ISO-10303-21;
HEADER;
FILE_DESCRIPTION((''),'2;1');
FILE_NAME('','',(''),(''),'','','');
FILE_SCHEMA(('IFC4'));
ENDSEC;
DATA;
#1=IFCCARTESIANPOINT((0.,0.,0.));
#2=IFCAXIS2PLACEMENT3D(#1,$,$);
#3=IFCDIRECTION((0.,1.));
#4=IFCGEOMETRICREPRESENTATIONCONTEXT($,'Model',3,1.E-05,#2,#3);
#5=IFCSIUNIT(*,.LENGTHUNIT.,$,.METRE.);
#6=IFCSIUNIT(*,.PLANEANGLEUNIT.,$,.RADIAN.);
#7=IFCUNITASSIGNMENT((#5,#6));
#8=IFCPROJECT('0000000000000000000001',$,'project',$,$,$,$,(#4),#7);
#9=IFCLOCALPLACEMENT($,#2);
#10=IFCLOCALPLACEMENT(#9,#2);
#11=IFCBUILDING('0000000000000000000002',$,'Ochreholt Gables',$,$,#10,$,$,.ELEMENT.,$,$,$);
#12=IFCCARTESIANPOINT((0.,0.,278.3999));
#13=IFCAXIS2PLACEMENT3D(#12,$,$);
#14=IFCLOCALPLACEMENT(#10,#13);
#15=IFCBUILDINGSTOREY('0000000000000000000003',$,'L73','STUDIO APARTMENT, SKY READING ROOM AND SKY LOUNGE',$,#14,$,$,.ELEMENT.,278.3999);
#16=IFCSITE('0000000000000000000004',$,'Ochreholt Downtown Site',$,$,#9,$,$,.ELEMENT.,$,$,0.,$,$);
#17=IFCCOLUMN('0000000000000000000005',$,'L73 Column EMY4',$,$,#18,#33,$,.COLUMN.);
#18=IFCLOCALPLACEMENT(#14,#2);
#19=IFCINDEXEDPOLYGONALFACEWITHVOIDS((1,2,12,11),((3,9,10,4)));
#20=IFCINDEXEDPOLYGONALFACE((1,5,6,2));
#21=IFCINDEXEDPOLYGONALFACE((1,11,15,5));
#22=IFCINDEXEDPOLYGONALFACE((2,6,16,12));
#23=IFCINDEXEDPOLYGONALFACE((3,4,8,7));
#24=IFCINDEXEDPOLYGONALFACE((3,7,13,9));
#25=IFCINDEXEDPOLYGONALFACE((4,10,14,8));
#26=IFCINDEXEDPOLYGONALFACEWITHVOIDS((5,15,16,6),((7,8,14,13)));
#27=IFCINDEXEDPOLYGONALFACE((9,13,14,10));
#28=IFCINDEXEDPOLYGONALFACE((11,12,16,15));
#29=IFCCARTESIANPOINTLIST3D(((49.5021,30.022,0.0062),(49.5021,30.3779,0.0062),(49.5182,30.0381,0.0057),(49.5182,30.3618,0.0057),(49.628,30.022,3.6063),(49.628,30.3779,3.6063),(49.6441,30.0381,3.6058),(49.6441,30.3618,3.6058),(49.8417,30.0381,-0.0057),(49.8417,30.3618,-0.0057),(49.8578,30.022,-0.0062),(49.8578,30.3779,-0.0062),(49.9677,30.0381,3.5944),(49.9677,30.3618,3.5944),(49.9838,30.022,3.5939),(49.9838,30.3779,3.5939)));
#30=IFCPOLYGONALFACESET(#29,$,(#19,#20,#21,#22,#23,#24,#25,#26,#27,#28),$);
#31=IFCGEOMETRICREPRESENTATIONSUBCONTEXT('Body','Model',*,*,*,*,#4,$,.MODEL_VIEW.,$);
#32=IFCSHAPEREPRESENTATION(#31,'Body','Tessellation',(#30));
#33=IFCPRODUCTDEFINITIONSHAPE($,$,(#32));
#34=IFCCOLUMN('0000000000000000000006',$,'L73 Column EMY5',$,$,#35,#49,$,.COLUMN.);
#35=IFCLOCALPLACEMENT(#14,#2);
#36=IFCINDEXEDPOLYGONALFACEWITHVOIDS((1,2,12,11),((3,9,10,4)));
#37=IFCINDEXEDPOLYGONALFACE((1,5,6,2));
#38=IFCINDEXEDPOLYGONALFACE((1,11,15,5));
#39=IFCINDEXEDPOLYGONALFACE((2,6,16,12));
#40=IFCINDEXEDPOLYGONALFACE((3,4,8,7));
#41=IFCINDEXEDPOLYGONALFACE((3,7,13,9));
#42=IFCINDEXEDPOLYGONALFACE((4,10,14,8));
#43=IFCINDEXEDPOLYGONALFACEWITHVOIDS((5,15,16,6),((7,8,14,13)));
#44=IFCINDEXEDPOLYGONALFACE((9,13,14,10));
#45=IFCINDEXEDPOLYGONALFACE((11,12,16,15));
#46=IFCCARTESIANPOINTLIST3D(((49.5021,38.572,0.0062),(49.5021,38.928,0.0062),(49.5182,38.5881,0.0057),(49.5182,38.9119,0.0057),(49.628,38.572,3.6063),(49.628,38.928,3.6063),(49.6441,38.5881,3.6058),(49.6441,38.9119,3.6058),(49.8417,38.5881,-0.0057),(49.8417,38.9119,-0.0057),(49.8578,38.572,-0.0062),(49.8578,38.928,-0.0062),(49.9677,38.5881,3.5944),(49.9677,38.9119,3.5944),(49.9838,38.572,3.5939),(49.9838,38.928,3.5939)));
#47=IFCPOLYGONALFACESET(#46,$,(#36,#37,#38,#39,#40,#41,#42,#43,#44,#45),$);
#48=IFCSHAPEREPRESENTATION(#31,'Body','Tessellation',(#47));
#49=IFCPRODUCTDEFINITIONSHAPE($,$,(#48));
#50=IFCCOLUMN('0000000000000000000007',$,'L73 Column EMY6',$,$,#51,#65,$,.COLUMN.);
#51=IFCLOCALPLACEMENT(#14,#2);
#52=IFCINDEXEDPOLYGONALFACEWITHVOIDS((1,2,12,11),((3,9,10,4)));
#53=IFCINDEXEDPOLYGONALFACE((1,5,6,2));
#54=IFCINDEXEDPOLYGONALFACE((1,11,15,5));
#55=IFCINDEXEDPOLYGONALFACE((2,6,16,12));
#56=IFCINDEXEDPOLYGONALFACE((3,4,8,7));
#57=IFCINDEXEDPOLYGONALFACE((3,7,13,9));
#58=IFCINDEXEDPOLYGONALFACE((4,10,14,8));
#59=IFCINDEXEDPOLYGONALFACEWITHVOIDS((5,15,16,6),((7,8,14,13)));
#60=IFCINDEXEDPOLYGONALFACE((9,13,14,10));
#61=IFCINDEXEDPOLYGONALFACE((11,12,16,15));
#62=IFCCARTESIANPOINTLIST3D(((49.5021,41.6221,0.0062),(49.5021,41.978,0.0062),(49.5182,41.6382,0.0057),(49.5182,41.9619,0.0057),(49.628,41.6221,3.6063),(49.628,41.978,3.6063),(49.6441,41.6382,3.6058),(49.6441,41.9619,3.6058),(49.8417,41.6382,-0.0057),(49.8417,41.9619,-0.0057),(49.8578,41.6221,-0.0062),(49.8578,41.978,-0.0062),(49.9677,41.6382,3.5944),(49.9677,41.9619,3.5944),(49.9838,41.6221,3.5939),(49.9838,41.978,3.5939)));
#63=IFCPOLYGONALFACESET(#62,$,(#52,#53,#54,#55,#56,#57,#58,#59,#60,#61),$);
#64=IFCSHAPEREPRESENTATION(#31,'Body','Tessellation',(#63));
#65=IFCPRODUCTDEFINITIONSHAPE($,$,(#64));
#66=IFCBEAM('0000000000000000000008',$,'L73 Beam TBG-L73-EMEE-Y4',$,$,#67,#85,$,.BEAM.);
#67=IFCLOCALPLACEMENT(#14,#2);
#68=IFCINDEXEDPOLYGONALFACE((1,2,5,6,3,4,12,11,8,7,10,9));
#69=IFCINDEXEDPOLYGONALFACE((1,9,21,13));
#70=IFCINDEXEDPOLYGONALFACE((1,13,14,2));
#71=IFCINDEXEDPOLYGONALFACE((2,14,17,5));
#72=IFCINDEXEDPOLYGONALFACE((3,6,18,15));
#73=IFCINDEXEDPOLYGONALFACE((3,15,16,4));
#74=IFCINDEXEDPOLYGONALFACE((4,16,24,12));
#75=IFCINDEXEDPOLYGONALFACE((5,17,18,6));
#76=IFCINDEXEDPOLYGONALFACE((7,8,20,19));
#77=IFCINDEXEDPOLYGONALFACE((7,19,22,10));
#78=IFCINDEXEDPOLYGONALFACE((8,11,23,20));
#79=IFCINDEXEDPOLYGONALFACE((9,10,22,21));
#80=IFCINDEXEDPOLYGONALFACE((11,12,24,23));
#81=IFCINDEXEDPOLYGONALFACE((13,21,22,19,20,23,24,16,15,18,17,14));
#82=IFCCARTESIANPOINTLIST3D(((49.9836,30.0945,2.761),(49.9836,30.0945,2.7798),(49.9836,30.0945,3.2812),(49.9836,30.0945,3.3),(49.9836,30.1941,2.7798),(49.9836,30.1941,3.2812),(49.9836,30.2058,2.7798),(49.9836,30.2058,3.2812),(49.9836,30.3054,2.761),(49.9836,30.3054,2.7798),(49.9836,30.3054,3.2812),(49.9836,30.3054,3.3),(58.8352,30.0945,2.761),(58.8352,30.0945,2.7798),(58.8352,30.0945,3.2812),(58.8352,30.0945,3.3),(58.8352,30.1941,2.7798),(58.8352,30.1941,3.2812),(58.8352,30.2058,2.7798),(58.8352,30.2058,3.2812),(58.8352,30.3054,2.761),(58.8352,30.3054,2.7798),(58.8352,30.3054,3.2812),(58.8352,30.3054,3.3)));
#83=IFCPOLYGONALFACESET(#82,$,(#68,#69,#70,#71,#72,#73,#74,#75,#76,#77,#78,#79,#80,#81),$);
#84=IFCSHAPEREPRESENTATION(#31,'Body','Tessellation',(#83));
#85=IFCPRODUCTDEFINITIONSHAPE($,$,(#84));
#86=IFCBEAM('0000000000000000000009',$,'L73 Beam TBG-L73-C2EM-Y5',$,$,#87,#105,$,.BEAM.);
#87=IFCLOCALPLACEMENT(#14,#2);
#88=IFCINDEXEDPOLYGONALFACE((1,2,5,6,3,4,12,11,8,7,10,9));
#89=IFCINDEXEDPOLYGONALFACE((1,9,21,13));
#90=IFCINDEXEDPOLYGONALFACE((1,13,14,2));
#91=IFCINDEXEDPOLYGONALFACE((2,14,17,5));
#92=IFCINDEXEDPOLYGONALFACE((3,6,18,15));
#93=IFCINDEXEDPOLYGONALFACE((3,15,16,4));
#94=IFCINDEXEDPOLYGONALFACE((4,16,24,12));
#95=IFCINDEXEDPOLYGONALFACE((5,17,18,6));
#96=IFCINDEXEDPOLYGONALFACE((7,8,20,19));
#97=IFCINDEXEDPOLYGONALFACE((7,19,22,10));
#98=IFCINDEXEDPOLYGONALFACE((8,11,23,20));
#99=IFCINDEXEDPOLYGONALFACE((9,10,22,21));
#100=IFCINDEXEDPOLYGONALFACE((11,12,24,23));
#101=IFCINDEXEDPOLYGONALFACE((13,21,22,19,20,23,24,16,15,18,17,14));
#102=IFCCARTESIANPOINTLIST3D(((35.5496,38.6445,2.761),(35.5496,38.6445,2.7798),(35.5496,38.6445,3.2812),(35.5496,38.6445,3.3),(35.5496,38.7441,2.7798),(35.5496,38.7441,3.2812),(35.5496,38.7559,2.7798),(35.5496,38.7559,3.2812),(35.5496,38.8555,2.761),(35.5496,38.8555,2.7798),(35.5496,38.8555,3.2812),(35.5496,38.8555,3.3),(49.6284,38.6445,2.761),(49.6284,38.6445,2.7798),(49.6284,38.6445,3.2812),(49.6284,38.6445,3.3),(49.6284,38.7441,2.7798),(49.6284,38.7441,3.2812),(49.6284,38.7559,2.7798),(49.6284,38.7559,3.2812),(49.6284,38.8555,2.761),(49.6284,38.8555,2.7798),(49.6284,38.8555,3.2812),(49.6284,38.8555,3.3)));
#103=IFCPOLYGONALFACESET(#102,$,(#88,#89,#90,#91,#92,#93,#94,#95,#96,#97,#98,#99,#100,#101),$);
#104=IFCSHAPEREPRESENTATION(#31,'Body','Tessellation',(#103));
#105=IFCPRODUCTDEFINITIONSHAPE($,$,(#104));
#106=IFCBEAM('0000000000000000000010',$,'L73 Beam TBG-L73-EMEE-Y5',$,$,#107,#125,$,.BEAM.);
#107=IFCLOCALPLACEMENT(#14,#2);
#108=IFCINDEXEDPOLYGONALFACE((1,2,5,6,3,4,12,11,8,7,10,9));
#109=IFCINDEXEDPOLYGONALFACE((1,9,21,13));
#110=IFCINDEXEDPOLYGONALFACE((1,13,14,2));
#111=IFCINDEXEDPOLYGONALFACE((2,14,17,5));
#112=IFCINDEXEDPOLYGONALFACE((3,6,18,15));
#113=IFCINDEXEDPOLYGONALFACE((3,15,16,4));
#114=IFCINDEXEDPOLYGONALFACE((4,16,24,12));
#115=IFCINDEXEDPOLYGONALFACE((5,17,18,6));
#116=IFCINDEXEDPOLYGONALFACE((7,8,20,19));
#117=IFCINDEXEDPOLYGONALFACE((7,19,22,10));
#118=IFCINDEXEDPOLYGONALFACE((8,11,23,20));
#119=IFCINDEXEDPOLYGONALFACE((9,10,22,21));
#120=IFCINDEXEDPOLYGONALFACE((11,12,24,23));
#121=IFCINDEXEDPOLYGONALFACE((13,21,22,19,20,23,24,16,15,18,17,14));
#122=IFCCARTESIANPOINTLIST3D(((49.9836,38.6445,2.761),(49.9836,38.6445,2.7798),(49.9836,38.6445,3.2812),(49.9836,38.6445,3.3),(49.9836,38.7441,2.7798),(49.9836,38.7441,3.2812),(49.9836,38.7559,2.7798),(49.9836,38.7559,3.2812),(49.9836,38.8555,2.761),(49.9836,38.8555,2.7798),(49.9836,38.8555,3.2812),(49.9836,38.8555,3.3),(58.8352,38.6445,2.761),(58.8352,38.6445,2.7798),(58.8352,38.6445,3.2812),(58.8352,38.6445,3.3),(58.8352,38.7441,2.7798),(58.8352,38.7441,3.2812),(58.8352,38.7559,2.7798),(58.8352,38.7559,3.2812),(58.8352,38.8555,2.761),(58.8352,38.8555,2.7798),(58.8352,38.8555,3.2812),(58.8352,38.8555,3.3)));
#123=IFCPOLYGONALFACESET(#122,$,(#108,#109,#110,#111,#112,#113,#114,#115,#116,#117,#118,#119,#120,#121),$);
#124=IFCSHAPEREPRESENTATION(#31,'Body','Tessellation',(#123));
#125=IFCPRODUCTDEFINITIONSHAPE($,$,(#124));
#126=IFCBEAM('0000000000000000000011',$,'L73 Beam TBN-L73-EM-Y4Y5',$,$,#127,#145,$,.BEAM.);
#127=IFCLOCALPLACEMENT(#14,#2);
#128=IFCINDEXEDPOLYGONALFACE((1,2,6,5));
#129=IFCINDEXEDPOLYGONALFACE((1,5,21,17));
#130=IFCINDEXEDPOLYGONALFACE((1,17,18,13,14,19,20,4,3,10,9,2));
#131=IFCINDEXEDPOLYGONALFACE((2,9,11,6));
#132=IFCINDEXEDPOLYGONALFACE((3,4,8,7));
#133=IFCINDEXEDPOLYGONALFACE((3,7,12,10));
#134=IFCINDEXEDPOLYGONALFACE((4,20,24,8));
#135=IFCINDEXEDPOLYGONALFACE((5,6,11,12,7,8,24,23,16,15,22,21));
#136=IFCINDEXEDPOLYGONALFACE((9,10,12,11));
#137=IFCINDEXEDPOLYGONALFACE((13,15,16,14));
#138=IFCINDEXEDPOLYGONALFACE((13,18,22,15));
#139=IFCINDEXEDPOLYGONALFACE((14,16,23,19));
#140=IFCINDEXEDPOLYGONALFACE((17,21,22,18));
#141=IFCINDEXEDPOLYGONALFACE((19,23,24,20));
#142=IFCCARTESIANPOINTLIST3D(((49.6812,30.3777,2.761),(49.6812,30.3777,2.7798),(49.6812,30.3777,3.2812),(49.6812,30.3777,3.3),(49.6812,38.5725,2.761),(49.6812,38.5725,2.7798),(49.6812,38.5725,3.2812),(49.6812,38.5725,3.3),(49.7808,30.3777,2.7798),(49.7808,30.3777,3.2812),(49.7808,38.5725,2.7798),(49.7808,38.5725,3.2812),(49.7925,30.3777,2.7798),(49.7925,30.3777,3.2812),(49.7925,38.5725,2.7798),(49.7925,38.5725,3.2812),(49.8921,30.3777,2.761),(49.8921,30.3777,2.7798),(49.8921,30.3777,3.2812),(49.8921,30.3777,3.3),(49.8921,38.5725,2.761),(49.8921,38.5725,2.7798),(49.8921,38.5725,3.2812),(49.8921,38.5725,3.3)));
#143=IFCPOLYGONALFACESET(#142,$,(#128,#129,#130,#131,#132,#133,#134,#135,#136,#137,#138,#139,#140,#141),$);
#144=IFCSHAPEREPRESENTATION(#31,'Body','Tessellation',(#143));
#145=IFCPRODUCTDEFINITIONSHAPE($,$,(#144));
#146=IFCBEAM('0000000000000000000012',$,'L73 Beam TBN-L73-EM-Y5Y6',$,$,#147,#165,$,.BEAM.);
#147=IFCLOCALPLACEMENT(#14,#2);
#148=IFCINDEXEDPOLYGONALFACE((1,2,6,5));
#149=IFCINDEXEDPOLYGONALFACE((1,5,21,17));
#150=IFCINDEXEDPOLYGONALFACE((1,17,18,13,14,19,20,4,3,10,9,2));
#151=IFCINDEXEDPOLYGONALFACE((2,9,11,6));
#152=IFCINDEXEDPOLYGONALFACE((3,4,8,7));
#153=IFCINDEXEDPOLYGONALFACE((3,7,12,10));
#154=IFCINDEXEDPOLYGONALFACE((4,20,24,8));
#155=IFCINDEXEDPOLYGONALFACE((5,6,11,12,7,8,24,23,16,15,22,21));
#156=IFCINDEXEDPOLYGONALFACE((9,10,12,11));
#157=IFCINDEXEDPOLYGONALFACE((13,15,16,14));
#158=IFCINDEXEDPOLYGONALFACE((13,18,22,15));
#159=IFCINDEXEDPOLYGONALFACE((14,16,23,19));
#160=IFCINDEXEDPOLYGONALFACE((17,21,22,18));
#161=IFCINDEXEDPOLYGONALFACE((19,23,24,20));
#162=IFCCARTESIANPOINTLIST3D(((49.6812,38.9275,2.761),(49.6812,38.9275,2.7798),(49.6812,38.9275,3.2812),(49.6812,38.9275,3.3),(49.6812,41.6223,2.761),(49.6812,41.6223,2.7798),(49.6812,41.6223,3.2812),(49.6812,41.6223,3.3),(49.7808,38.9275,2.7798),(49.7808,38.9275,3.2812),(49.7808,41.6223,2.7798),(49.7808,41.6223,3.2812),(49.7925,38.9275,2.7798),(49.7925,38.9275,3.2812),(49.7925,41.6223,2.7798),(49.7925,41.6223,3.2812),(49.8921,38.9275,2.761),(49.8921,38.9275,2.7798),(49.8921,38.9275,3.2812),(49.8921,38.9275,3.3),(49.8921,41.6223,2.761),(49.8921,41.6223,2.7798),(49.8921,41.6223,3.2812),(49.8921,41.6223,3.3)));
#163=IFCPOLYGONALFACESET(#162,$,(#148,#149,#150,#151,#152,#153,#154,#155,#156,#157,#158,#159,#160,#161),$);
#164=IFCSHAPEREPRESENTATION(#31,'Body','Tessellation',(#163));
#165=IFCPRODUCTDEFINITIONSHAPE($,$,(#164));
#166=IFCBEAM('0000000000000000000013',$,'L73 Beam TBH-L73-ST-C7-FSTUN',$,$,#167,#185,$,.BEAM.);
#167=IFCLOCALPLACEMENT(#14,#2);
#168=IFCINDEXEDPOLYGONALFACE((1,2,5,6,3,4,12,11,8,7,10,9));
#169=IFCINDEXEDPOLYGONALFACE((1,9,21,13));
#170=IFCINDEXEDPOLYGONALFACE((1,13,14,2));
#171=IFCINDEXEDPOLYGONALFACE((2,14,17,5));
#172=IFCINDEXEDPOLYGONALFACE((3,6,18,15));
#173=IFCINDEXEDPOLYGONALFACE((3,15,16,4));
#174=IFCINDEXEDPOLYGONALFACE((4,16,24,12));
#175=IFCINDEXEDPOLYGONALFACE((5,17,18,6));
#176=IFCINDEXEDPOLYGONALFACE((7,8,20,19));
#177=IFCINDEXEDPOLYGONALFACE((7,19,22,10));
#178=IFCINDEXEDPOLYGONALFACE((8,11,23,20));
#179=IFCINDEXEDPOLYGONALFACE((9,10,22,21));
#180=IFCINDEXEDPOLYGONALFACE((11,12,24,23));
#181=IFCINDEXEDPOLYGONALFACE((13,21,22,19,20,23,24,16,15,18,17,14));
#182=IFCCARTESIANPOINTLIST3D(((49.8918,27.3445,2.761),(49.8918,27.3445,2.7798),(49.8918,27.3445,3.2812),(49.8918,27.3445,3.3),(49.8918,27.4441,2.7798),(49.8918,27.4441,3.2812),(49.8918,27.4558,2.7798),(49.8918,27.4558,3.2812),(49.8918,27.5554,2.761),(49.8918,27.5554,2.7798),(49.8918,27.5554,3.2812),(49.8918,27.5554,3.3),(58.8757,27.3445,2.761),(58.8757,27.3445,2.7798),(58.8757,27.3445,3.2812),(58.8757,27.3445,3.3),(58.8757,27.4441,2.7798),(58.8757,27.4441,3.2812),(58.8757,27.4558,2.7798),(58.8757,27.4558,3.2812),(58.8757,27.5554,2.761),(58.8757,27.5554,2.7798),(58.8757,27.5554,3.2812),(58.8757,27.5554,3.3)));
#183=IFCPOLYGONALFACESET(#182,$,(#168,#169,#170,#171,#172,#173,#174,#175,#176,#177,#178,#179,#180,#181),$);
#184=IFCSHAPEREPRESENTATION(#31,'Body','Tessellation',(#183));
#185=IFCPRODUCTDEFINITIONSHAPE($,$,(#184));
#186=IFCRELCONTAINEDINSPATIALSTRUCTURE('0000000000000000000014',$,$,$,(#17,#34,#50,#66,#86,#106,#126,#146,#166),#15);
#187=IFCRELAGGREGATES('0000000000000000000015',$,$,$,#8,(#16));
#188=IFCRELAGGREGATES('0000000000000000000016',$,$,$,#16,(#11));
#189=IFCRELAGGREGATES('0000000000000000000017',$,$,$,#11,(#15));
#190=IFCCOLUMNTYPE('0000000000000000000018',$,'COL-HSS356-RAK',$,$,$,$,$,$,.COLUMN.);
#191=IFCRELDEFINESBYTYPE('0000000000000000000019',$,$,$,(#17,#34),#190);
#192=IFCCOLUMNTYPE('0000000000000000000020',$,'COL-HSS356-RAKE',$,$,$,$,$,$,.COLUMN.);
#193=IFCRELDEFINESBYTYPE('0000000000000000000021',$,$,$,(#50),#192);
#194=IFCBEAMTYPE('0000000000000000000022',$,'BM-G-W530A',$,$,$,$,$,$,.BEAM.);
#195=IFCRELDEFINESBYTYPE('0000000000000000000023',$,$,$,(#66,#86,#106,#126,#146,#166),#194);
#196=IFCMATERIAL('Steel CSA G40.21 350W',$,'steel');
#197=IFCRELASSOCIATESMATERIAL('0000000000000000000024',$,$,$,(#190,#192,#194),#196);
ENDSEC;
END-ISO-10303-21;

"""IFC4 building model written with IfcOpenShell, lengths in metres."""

from ifc_helpers import new_model, si_unit, direction, frame, origin, origin_2d, place, context, subcontext, project, spatial, hollow_rectangle, i_section, extrude, material, material_profile, profile_set, type_object, element, save


model = new_model("IFC4")

# Units and contexts
model_context = context("Model", 3, precision=1e-05, world=origin(), true_north=direction((0.0, 1.0)))
body_context = subcontext(model_context, "Body", "Model", "MODEL_VIEW")
ifc_project = project(units=[si_unit("LENGTHUNIT", "METRE"), si_unit("PLANEANGLEUNIT", "RADIAN")], contexts=[model_context])

# Site, building, storey
site_placement = place(None, origin())
site = spatial("IfcSite", under=ifc_project, at=site_placement, Name="Ochreholt Downtown Site", CompositionType="ELEMENT", RefElevation=0.0)
building_placement = place(site_placement, origin())
building = spatial("IfcBuilding", under=site, at=building_placement, Name="Ochreholt Gables", CompositionType="ELEMENT")
storey_placement = place(building_placement, frame((0.0, 0.0, 278.3999)))
storey = spatial("IfcBuildingStorey", under=building, at=storey_placement, Name="L73", Description="STUDIO APARTMENT, SKY READING ROOM AND SKY LOUNGE", CompositionType="ELEMENT", Elevation=278.3999)

# Columns
ifc_material_1 = material(Name="Steel CSA G40.21 350W", Category="steel")
ifc_material_profile_1 = material_profile(ifc_material_1, hollow_rectangle(XDim=0.356, YDim=0.356, WallThickness=0.0161, at=origin_2d()), Name="HSS356X356X16")
ifc_profile_set_1 = profile_set([ifc_material_profile_1], Name="Steel CSA G40.21 350W")
column_type_1 = type_object("IfcColumnType", Name="COL-HSS356-RAK", PredefinedType="COLUMN", material=ifc_profile_set_1)
for number, where, z_axis, x_axis, name in (
    (1, (49.6799, 30.2, 0.0), (0.034971, 0.0, 0.999388), (0.0, 1.0, 0.0), "L73 Column EMY4"),
    (2, (49.6799, 38.75, 0.0), (0.034971, 0.0, 0.999388), (0.0, 1.0, 0.0), "L73 Column EMY5"),
):
    element("IfcColumn", number, at=place(storey_placement, frame(where, z_axis=z_axis, x_axis=x_axis)), inside=storey, type_object=column_type_1, Name=name, PredefinedType="COLUMN", context=body_context, shape_type="SweptSolid", body=[
        extrude(hollow_rectangle(XDim=0.356, YDim=0.356, WallThickness=0.0161, at=origin_2d()), origin(), (0.0, 0.0, 1.0), 3.6023),
    ])
ifc_material_profile_2 = material_profile(ifc_material_1, hollow_rectangle(XDim=0.356, YDim=0.356, WallThickness=0.0161, at=origin_2d()), Name="HSS356X356X16")
ifc_profile_set_2 = profile_set([ifc_material_profile_2], Name="Steel CSA G40.21 350W")
column_type_2 = type_object("IfcColumnType", Name="COL-HSS356-RAKE", PredefinedType="COLUMN", material=ifc_profile_set_2)
column_placement = place(storey_placement, frame((49.6799, 41.8, 0.0), z_axis=(0.034971, 0.0, 0.999388), x_axis=(0.0, 1.0, 0.0)))
element("IfcColumn", 3, at=column_placement, inside=storey, type_object=column_type_2, Name="L73 Column EMY6", PredefinedType="COLUMN", context=body_context, shape_type="SweptSolid", body=[
    extrude(hollow_rectangle(XDim=0.356, YDim=0.356, WallThickness=0.0161, at=origin_2d()), origin(), (0.0, 0.0, 1.0), 3.6023),
])

# Beams
ifc_material_profile_3 = material_profile(ifc_material_1, i_section(OverallWidth=0.2109, OverallDepth=0.5391, WebThickness=0.0117, FlangeThickness=0.0188, at=origin_2d()), Name="W530X109")
ifc_profile_set_3 = profile_set([ifc_material_profile_3], Name="Steel CSA G40.21 350W")
beam_type_1 = type_object("IfcBeamType", Name="BM-G-W530A", PredefinedType="BEAM", material=ifc_profile_set_3)
beam_1_placement = place(storey_placement, frame((49.9836, 30.2, 3.0305), z_axis=(1.0, 0.0, 0.0), x_axis=(0.0, 1.0, 0.0)))
element("IfcBeam", 4, at=beam_1_placement, inside=storey, type_object=beam_type_1, Name="L73 Beam TBG-L73-EMEE-Y4", PredefinedType="BEAM", context=body_context, shape_type="SweptSolid", body=[
    extrude(i_section(OverallWidth=0.2109, OverallDepth=0.5391, WebThickness=0.0117, FlangeThickness=0.0188, at=origin_2d()), origin(), (0.0, 0.0, 1.0), 8.8516),
])
beam_2_placement = place(storey_placement, frame((35.5496, 38.75, 3.0305), z_axis=(1.0, 0.0, 0.0), x_axis=(0.0, 1.0, 0.0)))
element("IfcBeam", 5, at=beam_2_placement, inside=storey, type_object=beam_type_1, Name="L73 Beam TBG-L73-C2EM-Y5", PredefinedType="BEAM", context=body_context, shape_type="SweptSolid", body=[
    extrude(i_section(OverallWidth=0.2109, OverallDepth=0.5391, WebThickness=0.0117, FlangeThickness=0.0188, at=origin_2d()), origin(), (0.0, 0.0, 1.0), 14.0789),
])
beam_3_placement = place(storey_placement, frame((49.9836, 38.75, 3.0305), z_axis=(1.0, 0.0, 0.0), x_axis=(0.0, 1.0, 0.0)))
element("IfcBeam", 6, at=beam_3_placement, inside=storey, type_object=beam_type_1, Name="L73 Beam TBG-L73-EMEE-Y5", PredefinedType="BEAM", context=body_context, shape_type="SweptSolid", body=[
    extrude(i_section(OverallWidth=0.2109, OverallDepth=0.5391, WebThickness=0.0117, FlangeThickness=0.0188, at=origin_2d()), origin(), (0.0, 0.0, 1.0), 8.8516),
])
beam_4_placement = place(storey_placement, frame((49.7866, 30.3777, 3.0305), z_axis=(0.0, 1.0, 0.0), x_axis=(-1.0, 0.0, 0.0)))
element("IfcBeam", 7, at=beam_4_placement, inside=storey, type_object=beam_type_1, Name="L73 Beam TBN-L73-EM-Y4Y5", PredefinedType="BEAM", context=body_context, shape_type="SweptSolid", body=[
    extrude(i_section(OverallWidth=0.2109, OverallDepth=0.5391, WebThickness=0.0117, FlangeThickness=0.0188, at=origin_2d()), origin(), (0.0, 0.0, 1.0), 8.1948),
])
beam_5_placement = place(storey_placement, frame((49.7866, 38.9275, 3.0305), z_axis=(0.0, 1.0, 0.0), x_axis=(-1.0, 0.0, 0.0)))
element("IfcBeam", 8, at=beam_5_placement, inside=storey, type_object=beam_type_1, Name="L73 Beam TBN-L73-EM-Y5Y6", PredefinedType="BEAM", context=body_context, shape_type="SweptSolid", body=[
    extrude(i_section(OverallWidth=0.2109, OverallDepth=0.5391, WebThickness=0.0117, FlangeThickness=0.0188, at=origin_2d()), origin(), (0.0, 0.0, 1.0), 2.6948),
])
beam_6_placement = place(storey_placement, frame((49.8918, 27.45, 3.0305), z_axis=(1.0, 0.0, 0.0), x_axis=(0.0, 1.0, 0.0)))
element("IfcBeam", 9, at=beam_6_placement, inside=storey, type_object=beam_type_1, Name="L73 Beam TBH-L73-ST-C7-FSTUN", PredefinedType="BEAM", context=body_context, shape_type="SweptSolid", body=[
    extrude(i_section(OverallWidth=0.2109, OverallDepth=0.5391, WebThickness=0.0117, FlangeThickness=0.0188, at=origin_2d()), origin(), (0.0, 0.0, 1.0), 8.9839),
])

save(model, "model.ifc")
